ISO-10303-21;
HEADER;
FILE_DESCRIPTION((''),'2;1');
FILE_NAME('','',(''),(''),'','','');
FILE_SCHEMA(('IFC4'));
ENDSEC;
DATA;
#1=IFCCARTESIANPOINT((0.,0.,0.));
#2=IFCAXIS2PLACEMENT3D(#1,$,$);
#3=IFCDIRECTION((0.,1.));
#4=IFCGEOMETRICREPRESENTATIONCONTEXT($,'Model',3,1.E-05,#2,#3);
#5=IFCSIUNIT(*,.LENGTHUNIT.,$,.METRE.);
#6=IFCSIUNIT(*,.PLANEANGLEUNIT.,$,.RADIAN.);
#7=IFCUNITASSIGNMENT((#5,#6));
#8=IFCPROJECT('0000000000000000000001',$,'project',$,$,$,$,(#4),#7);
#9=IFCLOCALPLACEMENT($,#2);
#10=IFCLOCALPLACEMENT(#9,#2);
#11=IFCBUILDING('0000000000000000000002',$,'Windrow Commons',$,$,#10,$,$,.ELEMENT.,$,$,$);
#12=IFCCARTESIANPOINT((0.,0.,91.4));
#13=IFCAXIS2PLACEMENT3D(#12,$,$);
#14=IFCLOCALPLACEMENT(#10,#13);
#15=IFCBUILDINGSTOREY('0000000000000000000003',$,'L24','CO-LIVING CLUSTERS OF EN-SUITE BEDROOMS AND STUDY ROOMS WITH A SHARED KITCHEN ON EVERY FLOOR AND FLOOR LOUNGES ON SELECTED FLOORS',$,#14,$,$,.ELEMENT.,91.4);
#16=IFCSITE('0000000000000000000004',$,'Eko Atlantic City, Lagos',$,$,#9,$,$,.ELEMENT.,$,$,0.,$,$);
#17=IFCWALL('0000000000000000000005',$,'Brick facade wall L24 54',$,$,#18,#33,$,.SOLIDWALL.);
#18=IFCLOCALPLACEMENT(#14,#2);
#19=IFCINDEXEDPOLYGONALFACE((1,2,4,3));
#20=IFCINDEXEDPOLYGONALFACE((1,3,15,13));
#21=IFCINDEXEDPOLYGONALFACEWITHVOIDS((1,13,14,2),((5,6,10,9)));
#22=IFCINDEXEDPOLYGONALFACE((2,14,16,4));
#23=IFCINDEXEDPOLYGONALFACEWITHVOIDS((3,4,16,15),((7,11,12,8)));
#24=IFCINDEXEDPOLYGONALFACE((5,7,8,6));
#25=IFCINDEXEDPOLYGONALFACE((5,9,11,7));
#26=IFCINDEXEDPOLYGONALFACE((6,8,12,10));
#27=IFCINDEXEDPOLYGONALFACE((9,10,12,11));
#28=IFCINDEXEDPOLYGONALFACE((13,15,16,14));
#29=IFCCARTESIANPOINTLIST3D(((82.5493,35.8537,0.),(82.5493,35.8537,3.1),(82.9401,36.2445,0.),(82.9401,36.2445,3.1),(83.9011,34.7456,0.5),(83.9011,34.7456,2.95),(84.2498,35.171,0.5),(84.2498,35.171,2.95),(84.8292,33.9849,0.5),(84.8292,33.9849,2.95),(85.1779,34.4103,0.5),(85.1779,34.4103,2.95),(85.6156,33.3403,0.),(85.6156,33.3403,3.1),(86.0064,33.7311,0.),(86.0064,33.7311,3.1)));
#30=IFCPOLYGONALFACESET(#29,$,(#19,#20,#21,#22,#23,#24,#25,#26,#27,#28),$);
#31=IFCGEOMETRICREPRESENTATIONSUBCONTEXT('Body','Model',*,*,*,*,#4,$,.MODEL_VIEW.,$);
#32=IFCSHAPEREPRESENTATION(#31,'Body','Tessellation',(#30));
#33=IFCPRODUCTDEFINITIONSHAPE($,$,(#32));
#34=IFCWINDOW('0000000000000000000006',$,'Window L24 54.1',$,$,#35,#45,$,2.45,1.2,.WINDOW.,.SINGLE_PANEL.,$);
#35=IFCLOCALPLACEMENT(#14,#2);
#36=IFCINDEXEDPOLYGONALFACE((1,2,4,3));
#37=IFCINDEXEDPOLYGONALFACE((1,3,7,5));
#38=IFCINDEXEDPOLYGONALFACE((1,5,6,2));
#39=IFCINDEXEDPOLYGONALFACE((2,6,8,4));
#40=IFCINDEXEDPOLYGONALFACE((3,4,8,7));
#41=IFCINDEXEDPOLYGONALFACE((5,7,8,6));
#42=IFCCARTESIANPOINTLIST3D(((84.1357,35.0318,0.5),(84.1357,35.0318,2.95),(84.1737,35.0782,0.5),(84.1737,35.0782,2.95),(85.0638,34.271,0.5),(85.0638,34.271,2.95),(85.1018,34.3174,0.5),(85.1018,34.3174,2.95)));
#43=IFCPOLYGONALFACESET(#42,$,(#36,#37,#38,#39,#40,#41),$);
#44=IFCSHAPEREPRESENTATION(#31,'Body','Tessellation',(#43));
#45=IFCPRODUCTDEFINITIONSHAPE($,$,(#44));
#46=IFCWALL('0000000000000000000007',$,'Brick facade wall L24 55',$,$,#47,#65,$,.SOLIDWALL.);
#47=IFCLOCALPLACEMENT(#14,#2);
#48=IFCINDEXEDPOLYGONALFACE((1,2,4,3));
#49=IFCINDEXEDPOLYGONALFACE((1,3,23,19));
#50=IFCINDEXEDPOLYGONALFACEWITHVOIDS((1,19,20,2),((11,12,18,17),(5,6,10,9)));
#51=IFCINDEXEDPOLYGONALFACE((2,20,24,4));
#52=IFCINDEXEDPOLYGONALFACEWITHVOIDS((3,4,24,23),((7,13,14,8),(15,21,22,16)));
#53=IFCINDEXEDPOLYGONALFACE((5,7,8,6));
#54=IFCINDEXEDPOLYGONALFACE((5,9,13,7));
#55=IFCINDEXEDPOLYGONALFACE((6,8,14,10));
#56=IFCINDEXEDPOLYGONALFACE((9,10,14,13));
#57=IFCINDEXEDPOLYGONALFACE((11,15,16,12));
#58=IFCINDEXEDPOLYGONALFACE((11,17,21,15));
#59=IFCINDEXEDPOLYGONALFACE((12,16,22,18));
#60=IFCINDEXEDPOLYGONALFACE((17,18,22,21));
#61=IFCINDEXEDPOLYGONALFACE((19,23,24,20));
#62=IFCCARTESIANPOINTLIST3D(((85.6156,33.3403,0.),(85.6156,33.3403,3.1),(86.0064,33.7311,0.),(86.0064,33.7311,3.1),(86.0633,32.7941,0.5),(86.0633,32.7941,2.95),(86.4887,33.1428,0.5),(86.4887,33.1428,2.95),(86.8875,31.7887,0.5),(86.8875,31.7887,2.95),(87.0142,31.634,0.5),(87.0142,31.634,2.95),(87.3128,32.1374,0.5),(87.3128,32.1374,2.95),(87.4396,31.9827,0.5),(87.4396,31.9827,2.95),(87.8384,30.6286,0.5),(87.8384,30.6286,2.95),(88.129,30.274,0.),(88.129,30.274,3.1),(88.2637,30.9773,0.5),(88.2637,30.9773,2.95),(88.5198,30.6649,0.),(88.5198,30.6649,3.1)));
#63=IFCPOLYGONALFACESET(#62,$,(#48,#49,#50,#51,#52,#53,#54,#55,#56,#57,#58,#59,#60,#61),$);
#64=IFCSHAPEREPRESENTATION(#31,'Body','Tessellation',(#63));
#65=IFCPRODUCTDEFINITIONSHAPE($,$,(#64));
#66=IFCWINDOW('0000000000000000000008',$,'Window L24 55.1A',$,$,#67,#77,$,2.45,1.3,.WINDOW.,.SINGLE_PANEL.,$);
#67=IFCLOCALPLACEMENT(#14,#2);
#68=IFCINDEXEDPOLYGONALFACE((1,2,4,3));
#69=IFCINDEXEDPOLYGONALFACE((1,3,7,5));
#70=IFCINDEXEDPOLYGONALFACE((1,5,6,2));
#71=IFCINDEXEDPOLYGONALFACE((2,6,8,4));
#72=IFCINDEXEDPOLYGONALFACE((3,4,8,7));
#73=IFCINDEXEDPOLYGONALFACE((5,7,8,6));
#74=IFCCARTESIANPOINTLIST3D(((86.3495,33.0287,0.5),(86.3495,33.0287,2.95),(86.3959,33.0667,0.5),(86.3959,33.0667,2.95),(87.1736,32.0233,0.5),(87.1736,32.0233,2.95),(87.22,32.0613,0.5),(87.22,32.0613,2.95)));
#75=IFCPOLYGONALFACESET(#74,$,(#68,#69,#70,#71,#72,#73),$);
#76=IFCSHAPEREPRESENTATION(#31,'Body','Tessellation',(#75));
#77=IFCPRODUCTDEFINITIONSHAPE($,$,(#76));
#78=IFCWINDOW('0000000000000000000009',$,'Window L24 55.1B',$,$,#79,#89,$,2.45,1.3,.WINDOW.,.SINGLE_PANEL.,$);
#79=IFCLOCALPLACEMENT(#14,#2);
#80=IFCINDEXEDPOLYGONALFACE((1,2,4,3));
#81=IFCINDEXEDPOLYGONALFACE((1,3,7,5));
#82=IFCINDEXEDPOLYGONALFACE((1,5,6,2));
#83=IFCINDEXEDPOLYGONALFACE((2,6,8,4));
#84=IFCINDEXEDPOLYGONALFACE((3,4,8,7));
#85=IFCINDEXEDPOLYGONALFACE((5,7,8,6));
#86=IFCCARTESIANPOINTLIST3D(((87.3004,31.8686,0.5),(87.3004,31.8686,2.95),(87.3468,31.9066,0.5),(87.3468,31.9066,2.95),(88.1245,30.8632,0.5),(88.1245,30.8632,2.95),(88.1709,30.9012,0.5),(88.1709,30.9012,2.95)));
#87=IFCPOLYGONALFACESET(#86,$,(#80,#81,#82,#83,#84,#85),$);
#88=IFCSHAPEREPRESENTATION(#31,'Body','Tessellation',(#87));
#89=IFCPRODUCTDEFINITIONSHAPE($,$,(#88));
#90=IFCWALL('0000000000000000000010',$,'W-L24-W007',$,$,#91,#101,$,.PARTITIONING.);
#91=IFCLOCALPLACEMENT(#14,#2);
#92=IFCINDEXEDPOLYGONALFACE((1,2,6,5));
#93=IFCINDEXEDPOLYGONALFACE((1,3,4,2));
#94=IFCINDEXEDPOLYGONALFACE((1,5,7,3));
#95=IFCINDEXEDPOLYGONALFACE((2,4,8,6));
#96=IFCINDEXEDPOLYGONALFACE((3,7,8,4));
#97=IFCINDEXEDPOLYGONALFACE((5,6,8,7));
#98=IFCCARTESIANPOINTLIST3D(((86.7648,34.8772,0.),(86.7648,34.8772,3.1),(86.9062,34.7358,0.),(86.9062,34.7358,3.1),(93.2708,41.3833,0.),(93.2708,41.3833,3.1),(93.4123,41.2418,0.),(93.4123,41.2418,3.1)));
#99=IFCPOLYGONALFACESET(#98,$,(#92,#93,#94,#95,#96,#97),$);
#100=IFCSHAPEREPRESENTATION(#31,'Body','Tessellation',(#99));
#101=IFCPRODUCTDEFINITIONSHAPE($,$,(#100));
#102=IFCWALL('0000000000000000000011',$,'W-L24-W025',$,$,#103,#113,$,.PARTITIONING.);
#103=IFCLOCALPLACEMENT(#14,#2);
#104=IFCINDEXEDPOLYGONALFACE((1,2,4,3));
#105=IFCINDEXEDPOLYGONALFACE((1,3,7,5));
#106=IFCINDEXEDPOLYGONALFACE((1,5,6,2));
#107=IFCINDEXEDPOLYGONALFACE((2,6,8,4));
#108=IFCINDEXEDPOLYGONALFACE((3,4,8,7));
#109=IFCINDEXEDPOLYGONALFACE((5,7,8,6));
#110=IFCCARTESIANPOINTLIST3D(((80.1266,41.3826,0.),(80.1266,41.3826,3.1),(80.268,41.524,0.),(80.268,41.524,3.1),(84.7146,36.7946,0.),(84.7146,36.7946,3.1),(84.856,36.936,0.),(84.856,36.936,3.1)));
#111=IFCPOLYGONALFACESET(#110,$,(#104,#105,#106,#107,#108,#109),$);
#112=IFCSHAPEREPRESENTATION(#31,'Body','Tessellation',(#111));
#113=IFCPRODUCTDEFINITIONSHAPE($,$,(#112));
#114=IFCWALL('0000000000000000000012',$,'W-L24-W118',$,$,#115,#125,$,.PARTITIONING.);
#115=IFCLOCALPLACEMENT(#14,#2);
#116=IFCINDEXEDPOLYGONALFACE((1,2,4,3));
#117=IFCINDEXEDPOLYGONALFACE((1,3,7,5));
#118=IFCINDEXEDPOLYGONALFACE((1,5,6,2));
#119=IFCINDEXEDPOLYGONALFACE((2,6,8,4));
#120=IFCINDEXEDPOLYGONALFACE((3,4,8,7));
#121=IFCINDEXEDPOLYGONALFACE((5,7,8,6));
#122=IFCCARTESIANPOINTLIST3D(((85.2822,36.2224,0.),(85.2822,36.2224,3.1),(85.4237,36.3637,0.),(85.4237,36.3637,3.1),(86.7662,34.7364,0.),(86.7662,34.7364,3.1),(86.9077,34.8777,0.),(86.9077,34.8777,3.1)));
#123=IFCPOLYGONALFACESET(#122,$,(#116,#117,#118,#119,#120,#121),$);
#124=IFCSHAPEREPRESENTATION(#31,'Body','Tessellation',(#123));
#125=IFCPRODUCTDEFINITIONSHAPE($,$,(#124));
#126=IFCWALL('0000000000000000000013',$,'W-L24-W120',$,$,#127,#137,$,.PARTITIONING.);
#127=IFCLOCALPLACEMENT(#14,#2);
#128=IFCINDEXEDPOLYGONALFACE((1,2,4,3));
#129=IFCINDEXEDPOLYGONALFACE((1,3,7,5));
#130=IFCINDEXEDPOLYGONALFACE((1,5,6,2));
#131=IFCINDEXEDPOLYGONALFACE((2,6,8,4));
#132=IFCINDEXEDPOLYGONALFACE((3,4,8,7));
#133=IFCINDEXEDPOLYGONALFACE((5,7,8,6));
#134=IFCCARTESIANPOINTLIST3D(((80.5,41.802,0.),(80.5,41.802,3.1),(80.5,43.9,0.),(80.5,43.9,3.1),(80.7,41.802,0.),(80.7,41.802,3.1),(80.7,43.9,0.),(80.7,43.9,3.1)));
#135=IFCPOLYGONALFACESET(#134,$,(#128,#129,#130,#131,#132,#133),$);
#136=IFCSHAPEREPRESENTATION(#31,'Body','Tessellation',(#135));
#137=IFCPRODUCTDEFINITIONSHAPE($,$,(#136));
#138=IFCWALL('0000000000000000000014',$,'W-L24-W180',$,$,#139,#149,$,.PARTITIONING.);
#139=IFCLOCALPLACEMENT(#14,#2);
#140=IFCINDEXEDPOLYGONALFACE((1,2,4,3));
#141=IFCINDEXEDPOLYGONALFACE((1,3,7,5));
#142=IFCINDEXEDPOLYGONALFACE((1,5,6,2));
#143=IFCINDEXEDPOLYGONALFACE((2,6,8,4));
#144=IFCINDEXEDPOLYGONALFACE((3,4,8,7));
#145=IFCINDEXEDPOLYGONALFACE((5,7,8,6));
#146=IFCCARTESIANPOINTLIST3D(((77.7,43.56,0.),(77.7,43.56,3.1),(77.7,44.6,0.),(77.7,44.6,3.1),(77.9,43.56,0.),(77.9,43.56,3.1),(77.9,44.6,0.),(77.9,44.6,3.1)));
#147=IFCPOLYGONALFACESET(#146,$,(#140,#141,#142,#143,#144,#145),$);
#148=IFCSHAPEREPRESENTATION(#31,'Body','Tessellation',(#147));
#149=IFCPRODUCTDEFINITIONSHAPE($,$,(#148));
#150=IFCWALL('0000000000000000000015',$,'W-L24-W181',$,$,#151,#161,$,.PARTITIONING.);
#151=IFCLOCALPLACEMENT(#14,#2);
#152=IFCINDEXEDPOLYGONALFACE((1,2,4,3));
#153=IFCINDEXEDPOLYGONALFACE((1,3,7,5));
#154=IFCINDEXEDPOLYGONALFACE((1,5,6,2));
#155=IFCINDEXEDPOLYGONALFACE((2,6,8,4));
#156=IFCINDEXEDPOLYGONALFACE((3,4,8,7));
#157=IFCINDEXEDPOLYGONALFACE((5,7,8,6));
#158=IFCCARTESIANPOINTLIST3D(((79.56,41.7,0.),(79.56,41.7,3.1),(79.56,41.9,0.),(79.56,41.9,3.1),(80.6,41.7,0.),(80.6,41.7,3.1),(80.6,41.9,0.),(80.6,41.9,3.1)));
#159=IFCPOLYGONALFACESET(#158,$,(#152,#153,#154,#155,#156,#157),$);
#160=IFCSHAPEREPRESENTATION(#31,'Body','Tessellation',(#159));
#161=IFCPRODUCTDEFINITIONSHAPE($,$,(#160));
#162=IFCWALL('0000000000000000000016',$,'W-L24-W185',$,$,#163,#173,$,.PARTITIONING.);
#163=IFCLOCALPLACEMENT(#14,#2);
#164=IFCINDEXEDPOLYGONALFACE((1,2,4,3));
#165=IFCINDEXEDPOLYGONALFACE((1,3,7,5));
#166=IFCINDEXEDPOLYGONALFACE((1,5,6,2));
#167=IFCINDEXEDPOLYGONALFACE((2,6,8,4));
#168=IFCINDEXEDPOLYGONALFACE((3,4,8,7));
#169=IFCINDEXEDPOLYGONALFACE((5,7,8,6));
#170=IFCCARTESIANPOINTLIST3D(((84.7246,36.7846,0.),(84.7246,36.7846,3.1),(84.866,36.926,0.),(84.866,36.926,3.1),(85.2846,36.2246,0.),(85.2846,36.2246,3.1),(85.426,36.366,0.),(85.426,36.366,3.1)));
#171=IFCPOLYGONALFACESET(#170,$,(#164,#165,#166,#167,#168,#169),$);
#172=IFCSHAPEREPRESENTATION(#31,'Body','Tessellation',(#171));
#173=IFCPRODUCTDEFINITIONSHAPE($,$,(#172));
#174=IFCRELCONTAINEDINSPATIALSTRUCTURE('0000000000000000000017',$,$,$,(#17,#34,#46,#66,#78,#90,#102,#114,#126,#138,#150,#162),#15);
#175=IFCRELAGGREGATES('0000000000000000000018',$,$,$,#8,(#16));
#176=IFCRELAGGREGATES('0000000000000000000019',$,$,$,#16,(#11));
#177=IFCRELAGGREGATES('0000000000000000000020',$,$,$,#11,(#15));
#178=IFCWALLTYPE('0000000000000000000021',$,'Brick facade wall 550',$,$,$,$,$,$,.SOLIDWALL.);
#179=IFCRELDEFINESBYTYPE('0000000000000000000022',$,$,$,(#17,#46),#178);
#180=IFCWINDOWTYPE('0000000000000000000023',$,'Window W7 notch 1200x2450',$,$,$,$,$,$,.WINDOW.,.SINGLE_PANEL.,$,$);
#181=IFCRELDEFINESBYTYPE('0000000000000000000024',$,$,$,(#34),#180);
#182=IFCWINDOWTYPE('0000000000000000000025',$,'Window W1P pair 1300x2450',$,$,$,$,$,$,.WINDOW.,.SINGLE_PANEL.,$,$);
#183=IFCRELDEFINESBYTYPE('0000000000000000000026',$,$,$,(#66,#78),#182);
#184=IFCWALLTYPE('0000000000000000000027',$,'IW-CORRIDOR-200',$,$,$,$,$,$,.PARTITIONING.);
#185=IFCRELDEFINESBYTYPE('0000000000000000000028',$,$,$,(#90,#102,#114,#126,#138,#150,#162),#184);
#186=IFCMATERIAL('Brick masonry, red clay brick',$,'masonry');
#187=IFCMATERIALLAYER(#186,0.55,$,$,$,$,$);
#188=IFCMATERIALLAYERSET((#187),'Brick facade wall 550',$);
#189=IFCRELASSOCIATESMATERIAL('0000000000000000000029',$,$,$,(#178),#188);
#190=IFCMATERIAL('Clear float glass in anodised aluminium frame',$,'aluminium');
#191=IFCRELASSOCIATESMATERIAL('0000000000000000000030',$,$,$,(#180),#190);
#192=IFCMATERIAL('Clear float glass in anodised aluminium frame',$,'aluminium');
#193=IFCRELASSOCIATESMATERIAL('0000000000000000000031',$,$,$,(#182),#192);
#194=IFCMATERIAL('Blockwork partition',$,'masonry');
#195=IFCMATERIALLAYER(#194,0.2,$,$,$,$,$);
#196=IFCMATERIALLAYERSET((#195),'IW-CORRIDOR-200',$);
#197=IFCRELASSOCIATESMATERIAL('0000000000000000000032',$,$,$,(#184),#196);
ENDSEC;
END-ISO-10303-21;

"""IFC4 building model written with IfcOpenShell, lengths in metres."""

from ifc_helpers import new_model, si_unit, direction, frame, frame_2d, origin, place, context, subcontext, project, spatial, polyline, rectangle, outline, extrude, material, layer, layer_set, type_object, element, fill, save


model = new_model("IFC4")

# Units and contexts
model_context = context("Model", 3, precision=1e-05, world=origin(), true_north=direction((0.0, 1.0)))
body_context = subcontext(model_context, "Body", "Model", "MODEL_VIEW")
ifc_project = project(units=[si_unit("LENGTHUNIT", "METRE"), si_unit("PLANEANGLEUNIT", "RADIAN")], contexts=[model_context])

# Site, building, storey
site_placement = place(None, origin())
site = spatial("IfcSite", under=ifc_project, at=site_placement, Name="Eko Atlantic City, Lagos", CompositionType="ELEMENT", RefElevation=0.0)
building_placement = place(site_placement, origin())
building = spatial("IfcBuilding", under=site, at=building_placement, Name="Windrow Commons", CompositionType="ELEMENT")
storey_placement = place(building_placement, frame((0.0, 0.0, 91.4)))
storey = spatial("IfcBuildingStorey", under=building, at=storey_placement, Name="L24", Description="CO-LIVING CLUSTERS OF EN-SUITE BEDROOMS AND STUDY ROOMS WITH A SHARED KITCHEN ON EVERY FLOOR AND FLOOR LOUNGES ON SELECTED FLOORS", CompositionType="ELEMENT", Elevation=91.4)

# Shared definitions
ifc_material_1 = material(Name="Brick masonry, red clay brick", Category="masonry")
ifc_layer_1 = layer(ifc_material_1, 0.55)
ifc_layer_set_1 = layer_set([ifc_layer_1], Name="Brick facade wall 550")
wall_type_1 = type_object("IfcWallType", Name="Brick facade wall 550", PredefinedType="SOLIDWALL", material=ifc_layer_set_1)
ifc_material_2 = material(Name="Clear float glass in anodised aluminium frame", Category="aluminium")
window_type_1 = type_object("IfcWindowType", Name="Window W7 notch 1200x2450", PartitioningType="SINGLE_PANEL", PredefinedType="WINDOW", material=ifc_material_2)

# Wall, opening, window
wall_1_placement = place(storey_placement, frame((82.7447, 36.0491, 0.0), z_axis=(0.0, 0.0, 1.0), x_axis=(0.773387, -0.633934, 0.0)))
wall_1 = element("IfcWall", 1, at=wall_1_placement, inside=storey, type_object=wall_type_1, Name="Brick facade wall L24 54", PredefinedType="SOLIDWALL", context=body_context, shape_type="SweptSolid", body=[
    extrude(outline(polyline([(-0.0273, -0.275), (3.9375, -0.275), (3.992, 0.275), (0.0273, 0.275), (-0.0273, -0.275)])), origin(), (0.0, 0.0, 1.0), 3.1),
])
opening_1_placement = place(wall_1_placement, frame((1.7207, 0.0, 0.5)))
opening_1 = element("IfcOpeningElement", 2, at=opening_1_placement, cuts=wall_1, PredefinedType="OPENING", context=body_context, shape_type="SweptSolid", body=[
    extrude(rectangle(XDim=1.2, YDim=2.45, at=frame_2d((0.6, 1.225))), frame((0.0, 0.285, 0.0), z_axis=(0.0, -1.0, 0.0), x_axis=(1.0, 0.0, 0.0)), (0.0, 0.0, 1.0), 0.57),
])
window_1_placement = place(opening_1_placement, origin())
window_1 = element("IfcWindow", 3, at=window_1_placement, inside=storey, type_object=window_type_1, Name="Window L24 54.1", OverallHeight=2.45, OverallWidth=1.2, PartitioningType="SINGLE_PANEL", PredefinedType="WINDOW", context=body_context, shape_type="SweptSolid", body=[
    extrude(rectangle(XDim=1.2, YDim=2.45, at=frame_2d((0.6, 1.225))), frame((0.0, 0.155, 0.0), z_axis=(0.0, -1.0, 0.0), x_axis=(1.0, 0.0, 0.0)), (0.0, 0.0, 1.0), 0.06),
])
fill(opening_1, window_1)

# Wall, openings, windows
wall_2_placement = place(storey_placement, frame((85.811, 33.5357, 0.0), z_axis=(0.0, 0.0, 1.0), x_axis=(0.633946, -0.773377, 0.0)))
wall_2 = element("IfcWall", 4, at=wall_2_placement, inside=storey, type_object=wall_type_1, Name="Brick facade wall L24 55", PredefinedType="SOLIDWALL", context=body_context, shape_type="SweptSolid", body=[
    extrude(outline(polyline([(0.0273, -0.275), (3.992, -0.275), (3.9375, 0.275), (-0.0273, 0.275), (0.0273, -0.275)])), origin(), (0.0, 0.0, 1.0), 3.1),
])
opening_2_placement = place(wall_2_placement, frame((0.7335, 0.0, 0.5)))
opening_2 = element("IfcOpeningElement", 5, at=opening_2_placement, cuts=wall_2, PredefinedType="OPENING", context=body_context, shape_type="SweptSolid", body=[
    extrude(rectangle(XDim=1.3, YDim=2.45, at=frame_2d((0.65, 1.225))), frame((0.0, 0.285, 0.0), z_axis=(0.0, -1.0, 0.0), x_axis=(1.0, 0.0, 0.0)), (0.0, 0.0, 1.0), 0.57),
])
opening_3_placement = place(wall_2_placement, frame((2.2335, 0.0, 0.5)))
opening_3 = element("IfcOpeningElement", 6, at=opening_3_placement, cuts=wall_2, PredefinedType="OPENING", context=body_context, shape_type="SweptSolid", body=[
    extrude(rectangle(XDim=1.3, YDim=2.45, at=frame_2d((0.65, 1.225))), frame((0.0, 0.285, 0.0), z_axis=(0.0, -1.0, 0.0), x_axis=(1.0, 0.0, 0.0)), (0.0, 0.0, 1.0), 0.57),
])
ifc_material_3 = material(Name="Clear float glass in anodised aluminium frame", Category="aluminium")
window_type_2 = type_object("IfcWindowType", Name="Window W1P pair 1300x2450", PartitioningType="SINGLE_PANEL", PredefinedType="WINDOW", material=ifc_material_3)
window_2_placement = place(opening_2_placement, origin())
window_2 = element("IfcWindow", 7, at=window_2_placement, inside=storey, type_object=window_type_2, Name="Window L24 55.1A", OverallHeight=2.45, OverallWidth=1.3, PartitioningType="SINGLE_PANEL", PredefinedType="WINDOW", context=body_context, shape_type="SweptSolid", body=[
    extrude(rectangle(XDim=1.3, YDim=2.45, at=frame_2d((0.65, 1.225))), frame((0.0, 0.155, 0.0), z_axis=(0.0, -1.0, 0.0), x_axis=(1.0, 0.0, 0.0)), (0.0, 0.0, 1.0), 0.06),
])
fill(opening_2, window_2)
window_3_placement = place(opening_3_placement, origin())
window_3 = element("IfcWindow", 8, at=window_3_placement, inside=storey, type_object=window_type_2, Name="Window L24 55.1B", OverallHeight=2.45, OverallWidth=1.3, PartitioningType="SINGLE_PANEL", PredefinedType="WINDOW", context=body_context, shape_type="SweptSolid", body=[
    extrude(rectangle(XDim=1.3, YDim=2.45, at=frame_2d((0.65, 1.225))), frame((0.0, 0.155, 0.0), z_axis=(0.0, -1.0, 0.0), x_axis=(1.0, 0.0, 0.0)), (0.0, 0.0, 1.0), 0.06),
])
fill(opening_3, window_3)

# Walls
ifc_material_4 = material(Name="Blockwork partition", Category="masonry")
ifc_layer_2 = layer(ifc_material_4, 0.2)
ifc_layer_set_2 = layer_set([ifc_layer_2], Name="IW-CORRIDOR-200")
wall_type_2 = type_object("IfcWallType", Name="IW-CORRIDOR-200", PredefinedType="PARTITIONING", material=ifc_layer_set_2)
wall_3_placement = place(storey_placement, frame((86.8355, 34.8065, 0.0), z_axis=(0.0, 0.0, 1.0), x_axis=(0.707107, 0.707107, 0.0)))
element("IfcWall", 9, at=wall_3_placement, inside=storey, type_object=wall_type_2, Name="W-L24-W007", PredefinedType="PARTITIONING", context=body_context, shape_type="SweptSolid", body=[
    extrude(rectangle(XDim=9.2009, YDim=0.2, at=frame_2d((4.6005, 0.0))), origin(), (0.0, 0.0, 1.0), 3.1),
])
wall_4_placement = place(storey_placement, frame((80.1973, 41.4533, 0.0), z_axis=(0.0, 0.0, 1.0), x_axis=(0.707107, -0.707107, 0.0)))
element("IfcWall", 10, at=wall_4_placement, inside=storey, type_object=wall_type_2, Name="W-L24-W025", PredefinedType="PARTITIONING", context=body_context, shape_type="SweptSolid", body=[
    extrude(rectangle(XDim=6.4884, YDim=0.2, at=frame_2d((3.2442, 0.0))), origin(), (0.0, 0.0, 1.0), 3.1),
])
wall_5_placement = place(storey_placement, frame((85.353, 36.293, 0.0), z_axis=(0.0, 0.0, 1.0), x_axis=(0.70663, -0.707583, 0.0)))
element("IfcWall", 11, at=wall_5_placement, inside=storey, type_object=wall_type_2, Name="W-L24-W118", PredefinedType="PARTITIONING", context=body_context, shape_type="SweptSolid", body=[
    extrude(rectangle(XDim=2.1001, YDim=0.2, at=frame_2d((1.05, 0.0))), origin(), (0.0, 0.0, 1.0), 3.1),
])
wall_6_placement = place(storey_placement, frame((80.6, 41.802, 0.0), z_axis=(0.0, 0.0, 1.0), x_axis=(0.0, 1.0, 0.0)))
element("IfcWall", 12, at=wall_6_placement, inside=storey, type_object=wall_type_2, Name="W-L24-W120", PredefinedType="PARTITIONING", context=body_context, shape_type="SweptSolid", body=[
    extrude(rectangle(XDim=2.098, YDim=0.2, at=frame_2d((1.049, 0.0))), origin(), (0.0, 0.0, 1.0), 3.1),
])
for number, where, z_axis, x_axis, name in (
    (13, (77.8, 43.56, 0.0), (0.0, 0.0, 1.0), (0.0, 1.0, 0.0), "W-L24-W180"),
    (14, (79.56, 41.8, 0.0), (0.0, 0.0, 1.0), (1.0, 0.0, 0.0), "W-L24-W181"),
):
    element("IfcWall", number, at=place(storey_placement, frame(where, z_axis=z_axis, x_axis=x_axis)), inside=storey, type_object=wall_type_2, Name=name, PredefinedType="PARTITIONING", context=body_context, shape_type="SweptSolid", body=[
        extrude(rectangle(XDim=1.04, YDim=0.2, at=frame_2d((0.52, 0.0))), origin(), (0.0, 0.0, 1.0), 3.1),
    ])
wall_7_placement = place(storey_placement, frame((84.7953, 36.8553, 0.0), z_axis=(0.0, 0.0, 1.0), x_axis=(0.707107, -0.707107, 0.0)))
element("IfcWall", 15, at=wall_7_placement, inside=storey, type_object=wall_type_2, Name="W-L24-W185", PredefinedType="PARTITIONING", context=body_context, shape_type="SweptSolid", body=[
    extrude(rectangle(XDim=0.792, YDim=0.2, at=frame_2d((0.396, 0.0))), origin(), (0.0, 0.0, 1.0), 3.1),
])

save(model, "model.ifc")
